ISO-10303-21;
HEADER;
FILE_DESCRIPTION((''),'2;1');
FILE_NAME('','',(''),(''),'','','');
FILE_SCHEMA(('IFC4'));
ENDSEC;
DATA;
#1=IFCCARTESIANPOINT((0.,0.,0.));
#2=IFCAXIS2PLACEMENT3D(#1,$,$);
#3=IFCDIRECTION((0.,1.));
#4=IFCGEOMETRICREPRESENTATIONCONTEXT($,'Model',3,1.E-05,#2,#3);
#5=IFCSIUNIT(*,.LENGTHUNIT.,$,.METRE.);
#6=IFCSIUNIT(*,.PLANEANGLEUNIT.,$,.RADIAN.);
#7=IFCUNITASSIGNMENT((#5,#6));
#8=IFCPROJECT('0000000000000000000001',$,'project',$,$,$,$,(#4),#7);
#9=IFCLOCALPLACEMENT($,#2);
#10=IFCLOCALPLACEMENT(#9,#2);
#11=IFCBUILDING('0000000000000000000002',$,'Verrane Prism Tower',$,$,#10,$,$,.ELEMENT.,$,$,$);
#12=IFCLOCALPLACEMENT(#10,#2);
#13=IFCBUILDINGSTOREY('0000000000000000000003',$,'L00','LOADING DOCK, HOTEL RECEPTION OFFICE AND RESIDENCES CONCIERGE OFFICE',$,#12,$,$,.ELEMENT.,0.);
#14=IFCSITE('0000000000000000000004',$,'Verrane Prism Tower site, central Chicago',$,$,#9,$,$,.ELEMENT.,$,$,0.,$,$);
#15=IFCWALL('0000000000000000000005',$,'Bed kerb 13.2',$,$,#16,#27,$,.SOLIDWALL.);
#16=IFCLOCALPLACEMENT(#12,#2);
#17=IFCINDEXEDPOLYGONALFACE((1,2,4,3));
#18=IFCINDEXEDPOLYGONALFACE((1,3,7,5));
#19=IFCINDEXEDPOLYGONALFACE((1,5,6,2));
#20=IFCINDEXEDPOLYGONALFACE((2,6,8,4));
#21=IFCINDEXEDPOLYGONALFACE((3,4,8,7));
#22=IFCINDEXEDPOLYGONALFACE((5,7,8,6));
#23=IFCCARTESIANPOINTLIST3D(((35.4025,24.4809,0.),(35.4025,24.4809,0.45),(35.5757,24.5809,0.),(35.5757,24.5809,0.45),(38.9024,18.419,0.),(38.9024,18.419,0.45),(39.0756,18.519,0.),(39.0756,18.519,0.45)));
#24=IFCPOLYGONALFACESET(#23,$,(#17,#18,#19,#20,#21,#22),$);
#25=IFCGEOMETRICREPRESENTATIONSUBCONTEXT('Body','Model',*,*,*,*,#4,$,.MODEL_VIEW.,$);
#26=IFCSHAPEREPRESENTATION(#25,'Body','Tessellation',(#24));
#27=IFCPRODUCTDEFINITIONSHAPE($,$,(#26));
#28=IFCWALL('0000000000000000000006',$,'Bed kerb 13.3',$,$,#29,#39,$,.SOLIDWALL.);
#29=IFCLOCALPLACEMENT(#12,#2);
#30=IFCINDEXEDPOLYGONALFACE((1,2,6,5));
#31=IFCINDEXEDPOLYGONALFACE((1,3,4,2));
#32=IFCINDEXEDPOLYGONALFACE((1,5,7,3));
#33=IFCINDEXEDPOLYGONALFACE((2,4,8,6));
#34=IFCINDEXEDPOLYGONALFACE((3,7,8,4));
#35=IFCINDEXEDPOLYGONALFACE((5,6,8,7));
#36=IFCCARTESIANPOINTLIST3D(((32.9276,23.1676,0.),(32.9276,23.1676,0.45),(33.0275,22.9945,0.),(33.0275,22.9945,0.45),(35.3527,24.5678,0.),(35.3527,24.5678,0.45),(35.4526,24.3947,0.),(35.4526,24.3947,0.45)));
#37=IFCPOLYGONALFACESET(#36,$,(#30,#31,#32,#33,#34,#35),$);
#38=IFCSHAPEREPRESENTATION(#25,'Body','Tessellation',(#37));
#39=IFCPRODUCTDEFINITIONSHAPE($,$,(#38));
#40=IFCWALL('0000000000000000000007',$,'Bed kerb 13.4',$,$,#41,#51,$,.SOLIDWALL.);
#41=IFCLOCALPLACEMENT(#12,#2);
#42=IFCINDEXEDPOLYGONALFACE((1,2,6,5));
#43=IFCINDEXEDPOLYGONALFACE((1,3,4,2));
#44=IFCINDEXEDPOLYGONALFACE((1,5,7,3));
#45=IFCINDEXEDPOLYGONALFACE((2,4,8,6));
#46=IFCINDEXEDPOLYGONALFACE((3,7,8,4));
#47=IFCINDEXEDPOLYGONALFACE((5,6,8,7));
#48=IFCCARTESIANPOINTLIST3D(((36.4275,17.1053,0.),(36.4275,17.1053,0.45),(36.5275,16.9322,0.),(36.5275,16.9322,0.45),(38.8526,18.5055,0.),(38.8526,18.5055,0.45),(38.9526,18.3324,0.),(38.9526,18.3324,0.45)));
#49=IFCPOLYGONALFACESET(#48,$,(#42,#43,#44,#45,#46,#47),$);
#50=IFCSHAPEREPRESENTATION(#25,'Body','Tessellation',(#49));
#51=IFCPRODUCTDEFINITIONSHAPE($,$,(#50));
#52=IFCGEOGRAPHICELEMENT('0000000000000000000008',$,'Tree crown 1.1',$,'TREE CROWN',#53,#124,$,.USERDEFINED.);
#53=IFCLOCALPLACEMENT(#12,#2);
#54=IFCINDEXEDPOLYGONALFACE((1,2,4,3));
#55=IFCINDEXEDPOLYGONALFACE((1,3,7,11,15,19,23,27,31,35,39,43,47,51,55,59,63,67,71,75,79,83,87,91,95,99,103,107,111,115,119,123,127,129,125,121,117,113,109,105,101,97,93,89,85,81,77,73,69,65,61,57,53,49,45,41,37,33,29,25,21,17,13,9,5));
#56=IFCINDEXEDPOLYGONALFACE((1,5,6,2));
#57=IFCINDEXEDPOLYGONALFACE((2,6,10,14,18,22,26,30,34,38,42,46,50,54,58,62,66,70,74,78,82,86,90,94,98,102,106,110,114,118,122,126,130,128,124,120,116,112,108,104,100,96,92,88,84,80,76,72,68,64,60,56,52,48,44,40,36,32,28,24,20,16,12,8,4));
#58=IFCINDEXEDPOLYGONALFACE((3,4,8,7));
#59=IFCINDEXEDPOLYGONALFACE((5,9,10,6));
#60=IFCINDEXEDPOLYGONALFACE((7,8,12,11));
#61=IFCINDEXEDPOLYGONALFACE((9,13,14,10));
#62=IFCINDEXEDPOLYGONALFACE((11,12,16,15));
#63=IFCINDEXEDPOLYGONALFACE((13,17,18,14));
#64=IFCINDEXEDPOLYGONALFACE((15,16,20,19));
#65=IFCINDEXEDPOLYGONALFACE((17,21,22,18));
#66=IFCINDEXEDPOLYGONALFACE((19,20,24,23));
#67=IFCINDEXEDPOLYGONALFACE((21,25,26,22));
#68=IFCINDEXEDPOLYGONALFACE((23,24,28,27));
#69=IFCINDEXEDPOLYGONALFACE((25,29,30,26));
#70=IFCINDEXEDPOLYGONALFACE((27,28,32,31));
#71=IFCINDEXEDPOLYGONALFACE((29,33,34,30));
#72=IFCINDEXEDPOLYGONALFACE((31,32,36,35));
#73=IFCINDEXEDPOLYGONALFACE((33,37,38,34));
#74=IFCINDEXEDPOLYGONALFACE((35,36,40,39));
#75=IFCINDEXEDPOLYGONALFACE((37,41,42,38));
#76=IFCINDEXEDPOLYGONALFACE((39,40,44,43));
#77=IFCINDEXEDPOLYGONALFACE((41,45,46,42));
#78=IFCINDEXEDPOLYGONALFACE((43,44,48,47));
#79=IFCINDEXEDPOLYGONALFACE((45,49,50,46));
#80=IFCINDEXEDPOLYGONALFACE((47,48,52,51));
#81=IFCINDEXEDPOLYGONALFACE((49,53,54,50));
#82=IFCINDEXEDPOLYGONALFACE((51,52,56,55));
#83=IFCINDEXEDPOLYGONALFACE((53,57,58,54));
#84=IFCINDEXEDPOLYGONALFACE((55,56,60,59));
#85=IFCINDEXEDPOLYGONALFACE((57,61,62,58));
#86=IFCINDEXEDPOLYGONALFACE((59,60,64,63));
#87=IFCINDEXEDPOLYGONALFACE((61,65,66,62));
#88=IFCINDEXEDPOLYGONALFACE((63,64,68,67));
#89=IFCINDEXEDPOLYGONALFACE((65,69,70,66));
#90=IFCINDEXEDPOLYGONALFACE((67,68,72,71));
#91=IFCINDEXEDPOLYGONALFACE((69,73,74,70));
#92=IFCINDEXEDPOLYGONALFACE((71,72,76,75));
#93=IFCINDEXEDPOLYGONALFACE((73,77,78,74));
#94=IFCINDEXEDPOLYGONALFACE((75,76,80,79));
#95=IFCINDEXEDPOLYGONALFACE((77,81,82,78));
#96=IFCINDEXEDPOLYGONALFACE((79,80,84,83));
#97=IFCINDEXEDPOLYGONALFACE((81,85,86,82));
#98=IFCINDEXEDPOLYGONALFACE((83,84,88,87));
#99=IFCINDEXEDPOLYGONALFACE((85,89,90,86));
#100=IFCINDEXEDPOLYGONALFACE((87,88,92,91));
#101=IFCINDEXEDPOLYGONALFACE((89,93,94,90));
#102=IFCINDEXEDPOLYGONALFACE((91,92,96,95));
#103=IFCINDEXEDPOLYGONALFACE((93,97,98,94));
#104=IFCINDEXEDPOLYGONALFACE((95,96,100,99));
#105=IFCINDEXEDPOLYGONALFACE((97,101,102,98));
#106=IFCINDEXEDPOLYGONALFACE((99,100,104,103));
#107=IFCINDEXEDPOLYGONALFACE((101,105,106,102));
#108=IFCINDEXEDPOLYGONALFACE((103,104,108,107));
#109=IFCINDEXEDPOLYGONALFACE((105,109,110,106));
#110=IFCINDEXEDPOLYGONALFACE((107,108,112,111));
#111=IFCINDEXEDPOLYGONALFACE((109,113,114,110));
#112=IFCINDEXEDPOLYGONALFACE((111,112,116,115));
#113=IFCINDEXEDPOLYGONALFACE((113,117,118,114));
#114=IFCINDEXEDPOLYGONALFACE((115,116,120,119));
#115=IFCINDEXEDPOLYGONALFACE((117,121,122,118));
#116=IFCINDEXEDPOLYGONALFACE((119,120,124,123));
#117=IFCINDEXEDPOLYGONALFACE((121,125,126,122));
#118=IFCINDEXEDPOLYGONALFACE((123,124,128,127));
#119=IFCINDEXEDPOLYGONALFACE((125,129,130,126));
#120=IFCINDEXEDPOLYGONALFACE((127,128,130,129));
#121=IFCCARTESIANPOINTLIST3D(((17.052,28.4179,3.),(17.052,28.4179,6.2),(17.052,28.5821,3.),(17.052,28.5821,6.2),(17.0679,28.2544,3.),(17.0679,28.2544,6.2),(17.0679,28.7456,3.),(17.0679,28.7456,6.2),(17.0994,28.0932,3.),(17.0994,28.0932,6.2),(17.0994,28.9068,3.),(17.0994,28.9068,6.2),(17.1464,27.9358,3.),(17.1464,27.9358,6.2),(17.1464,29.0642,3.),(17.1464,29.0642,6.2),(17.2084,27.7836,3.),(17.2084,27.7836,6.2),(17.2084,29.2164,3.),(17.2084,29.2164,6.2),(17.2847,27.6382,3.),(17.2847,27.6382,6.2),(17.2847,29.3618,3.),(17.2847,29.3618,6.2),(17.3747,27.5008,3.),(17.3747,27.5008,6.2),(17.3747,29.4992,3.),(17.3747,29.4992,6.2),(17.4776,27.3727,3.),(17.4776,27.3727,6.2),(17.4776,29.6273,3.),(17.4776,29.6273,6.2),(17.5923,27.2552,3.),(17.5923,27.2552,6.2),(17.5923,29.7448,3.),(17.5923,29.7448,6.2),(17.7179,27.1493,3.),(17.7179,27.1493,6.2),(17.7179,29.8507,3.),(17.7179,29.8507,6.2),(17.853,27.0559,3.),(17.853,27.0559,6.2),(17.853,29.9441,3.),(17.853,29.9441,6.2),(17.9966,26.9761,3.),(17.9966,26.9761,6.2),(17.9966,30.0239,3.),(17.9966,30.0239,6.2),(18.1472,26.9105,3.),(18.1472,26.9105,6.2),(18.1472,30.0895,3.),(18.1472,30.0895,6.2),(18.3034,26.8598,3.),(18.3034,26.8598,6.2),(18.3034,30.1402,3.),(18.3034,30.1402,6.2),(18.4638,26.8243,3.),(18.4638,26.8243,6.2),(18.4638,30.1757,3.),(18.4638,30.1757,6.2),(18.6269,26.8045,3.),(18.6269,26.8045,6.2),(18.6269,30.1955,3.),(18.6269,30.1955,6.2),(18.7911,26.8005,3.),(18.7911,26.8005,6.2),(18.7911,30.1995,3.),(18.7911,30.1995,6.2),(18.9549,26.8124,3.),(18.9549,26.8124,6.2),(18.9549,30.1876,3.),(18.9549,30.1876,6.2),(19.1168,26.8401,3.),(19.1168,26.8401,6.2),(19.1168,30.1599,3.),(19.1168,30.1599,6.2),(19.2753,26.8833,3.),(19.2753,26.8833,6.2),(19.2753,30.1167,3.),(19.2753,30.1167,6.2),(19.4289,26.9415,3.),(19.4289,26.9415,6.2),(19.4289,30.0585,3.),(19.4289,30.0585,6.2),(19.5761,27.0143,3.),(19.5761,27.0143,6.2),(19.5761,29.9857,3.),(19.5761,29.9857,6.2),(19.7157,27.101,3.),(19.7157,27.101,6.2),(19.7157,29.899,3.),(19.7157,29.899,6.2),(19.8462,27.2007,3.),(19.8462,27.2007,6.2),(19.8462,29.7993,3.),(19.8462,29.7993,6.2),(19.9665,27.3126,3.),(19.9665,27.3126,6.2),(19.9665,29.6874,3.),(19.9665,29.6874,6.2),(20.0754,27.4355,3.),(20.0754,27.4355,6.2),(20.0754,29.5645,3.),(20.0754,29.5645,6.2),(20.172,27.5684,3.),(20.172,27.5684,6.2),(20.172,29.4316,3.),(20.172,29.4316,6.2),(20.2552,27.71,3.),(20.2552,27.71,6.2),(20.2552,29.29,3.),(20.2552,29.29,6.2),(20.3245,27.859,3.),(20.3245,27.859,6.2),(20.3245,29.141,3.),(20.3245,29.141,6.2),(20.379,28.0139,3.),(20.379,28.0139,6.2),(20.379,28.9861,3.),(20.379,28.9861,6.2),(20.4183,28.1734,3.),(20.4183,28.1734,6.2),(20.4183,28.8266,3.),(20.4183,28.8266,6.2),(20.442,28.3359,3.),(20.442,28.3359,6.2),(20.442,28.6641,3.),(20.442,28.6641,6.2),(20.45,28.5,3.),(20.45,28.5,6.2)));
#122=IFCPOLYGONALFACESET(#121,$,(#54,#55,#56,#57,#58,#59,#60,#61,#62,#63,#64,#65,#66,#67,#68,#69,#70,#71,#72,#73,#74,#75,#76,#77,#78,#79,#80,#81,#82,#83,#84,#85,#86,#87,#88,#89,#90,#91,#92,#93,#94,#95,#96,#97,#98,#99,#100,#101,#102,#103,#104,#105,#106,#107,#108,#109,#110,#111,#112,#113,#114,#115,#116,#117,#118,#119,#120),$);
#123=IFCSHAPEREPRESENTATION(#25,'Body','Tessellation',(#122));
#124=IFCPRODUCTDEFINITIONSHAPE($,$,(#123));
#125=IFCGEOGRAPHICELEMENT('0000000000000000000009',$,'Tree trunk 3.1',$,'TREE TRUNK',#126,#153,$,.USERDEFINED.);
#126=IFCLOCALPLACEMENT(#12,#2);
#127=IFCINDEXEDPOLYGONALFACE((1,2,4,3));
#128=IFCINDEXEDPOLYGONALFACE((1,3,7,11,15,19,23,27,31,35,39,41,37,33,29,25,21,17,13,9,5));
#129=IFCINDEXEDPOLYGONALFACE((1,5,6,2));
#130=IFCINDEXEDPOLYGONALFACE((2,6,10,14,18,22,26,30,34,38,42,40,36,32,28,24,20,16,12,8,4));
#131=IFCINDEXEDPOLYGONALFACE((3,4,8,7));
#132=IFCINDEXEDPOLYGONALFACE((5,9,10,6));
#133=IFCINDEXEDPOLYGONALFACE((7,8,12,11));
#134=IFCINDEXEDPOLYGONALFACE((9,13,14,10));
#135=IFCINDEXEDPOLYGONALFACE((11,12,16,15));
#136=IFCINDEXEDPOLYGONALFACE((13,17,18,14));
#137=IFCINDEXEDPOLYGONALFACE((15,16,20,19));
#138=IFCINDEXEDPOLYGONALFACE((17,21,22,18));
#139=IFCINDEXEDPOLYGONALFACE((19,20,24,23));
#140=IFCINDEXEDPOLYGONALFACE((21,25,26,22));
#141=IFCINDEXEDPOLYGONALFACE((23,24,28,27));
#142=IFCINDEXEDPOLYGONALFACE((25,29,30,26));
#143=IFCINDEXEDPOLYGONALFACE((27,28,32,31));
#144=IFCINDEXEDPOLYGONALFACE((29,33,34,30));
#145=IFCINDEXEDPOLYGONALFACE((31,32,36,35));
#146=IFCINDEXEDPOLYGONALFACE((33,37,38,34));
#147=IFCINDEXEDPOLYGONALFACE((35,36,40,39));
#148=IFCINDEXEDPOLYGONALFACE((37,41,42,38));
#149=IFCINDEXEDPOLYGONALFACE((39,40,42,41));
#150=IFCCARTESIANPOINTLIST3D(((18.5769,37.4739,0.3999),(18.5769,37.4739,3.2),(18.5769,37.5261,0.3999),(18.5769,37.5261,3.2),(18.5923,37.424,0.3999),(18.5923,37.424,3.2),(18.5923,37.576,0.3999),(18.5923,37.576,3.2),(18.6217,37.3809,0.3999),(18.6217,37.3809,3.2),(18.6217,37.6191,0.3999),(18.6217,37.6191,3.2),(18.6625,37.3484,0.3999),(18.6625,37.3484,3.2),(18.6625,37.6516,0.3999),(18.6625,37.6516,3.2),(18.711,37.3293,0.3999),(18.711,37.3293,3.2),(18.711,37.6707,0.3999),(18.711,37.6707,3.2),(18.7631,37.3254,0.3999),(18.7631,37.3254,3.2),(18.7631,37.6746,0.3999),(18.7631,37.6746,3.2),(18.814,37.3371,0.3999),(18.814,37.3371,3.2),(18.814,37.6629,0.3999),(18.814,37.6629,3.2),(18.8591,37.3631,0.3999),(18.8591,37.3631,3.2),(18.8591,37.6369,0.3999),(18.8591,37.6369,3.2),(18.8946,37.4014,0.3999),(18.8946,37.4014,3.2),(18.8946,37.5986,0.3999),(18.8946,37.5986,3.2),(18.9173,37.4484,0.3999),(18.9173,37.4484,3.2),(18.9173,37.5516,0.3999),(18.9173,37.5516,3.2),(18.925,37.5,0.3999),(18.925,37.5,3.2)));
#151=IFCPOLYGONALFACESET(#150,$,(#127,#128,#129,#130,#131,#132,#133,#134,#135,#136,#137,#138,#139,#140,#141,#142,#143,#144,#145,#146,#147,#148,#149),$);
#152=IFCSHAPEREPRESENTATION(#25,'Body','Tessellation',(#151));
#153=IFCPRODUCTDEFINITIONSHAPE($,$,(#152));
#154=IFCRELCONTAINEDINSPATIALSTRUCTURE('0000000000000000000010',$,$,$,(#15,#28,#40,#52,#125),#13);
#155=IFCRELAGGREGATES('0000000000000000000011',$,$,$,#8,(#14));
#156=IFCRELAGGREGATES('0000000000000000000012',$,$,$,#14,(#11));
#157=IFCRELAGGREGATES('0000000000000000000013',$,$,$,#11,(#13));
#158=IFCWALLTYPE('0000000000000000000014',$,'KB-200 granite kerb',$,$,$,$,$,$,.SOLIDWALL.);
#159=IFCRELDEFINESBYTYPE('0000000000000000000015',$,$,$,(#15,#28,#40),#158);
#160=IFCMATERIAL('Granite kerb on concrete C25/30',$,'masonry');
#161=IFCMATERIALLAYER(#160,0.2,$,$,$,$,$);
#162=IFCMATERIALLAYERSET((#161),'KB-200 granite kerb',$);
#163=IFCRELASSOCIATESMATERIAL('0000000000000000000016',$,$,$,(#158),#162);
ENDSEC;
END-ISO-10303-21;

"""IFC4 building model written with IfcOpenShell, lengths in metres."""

from ifc_helpers import new_model, si_unit, direction, frame, frame_2d, origin, origin_2d, place, context, subcontext, project, spatial, rectangle, circle, extrude, material, layer, layer_set, type_object, element, save


model = new_model("IFC4")

# Units and contexts
model_context = context("Model", 3, precision=1e-05, world=origin(), true_north=direction((0.0, 1.0)))
body_context = subcontext(model_context, "Body", "Model", "MODEL_VIEW")
ifc_project = project(units=[si_unit("LENGTHUNIT", "METRE"), si_unit("PLANEANGLEUNIT", "RADIAN")], contexts=[model_context])

# Site, building, storey
site_placement = place(None, origin())
site = spatial("IfcSite", under=ifc_project, at=site_placement, Name="Verrane Prism Tower site, central Chicago", CompositionType="ELEMENT", RefElevation=0.0)
building_placement = place(site_placement, origin())
building = spatial("IfcBuilding", under=site, at=building_placement, Name="Verrane Prism Tower", CompositionType="ELEMENT")
storey_placement = place(building_placement, origin())
storey = spatial("IfcBuildingStorey", under=building, at=storey_placement, Name="L00", Description="LOADING DOCK, HOTEL RECEPTION OFFICE AND RESIDENCES CONCIERGE OFFICE", CompositionType="ELEMENT", Elevation=0.0)

# Walls
ifc_material_1 = material(Name="Granite kerb on concrete C25/30", Category="masonry")
ifc_layer_1 = layer(ifc_material_1, 0.2)
ifc_layer_set_1 = layer_set([ifc_layer_1], Name="KB-200 granite kerb")
wall_type_1 = type_object("IfcWallType", Name="KB-200 granite kerb", PredefinedType="SOLIDWALL", material=ifc_layer_set_1)
for number, where, z_axis, x_axis, name in (
    (1, (35.489, 24.531, 0.0), (0.0, 0.0, 1.0), (0.50001, -0.866019, 0.0), "Bed kerb 13.2"),
):
    element("IfcWall", number, at=place(storey_placement, frame(where, z_axis=z_axis, x_axis=x_axis)), inside=storey, type_object=wall_type_1, Name=name, PredefinedType="SOLIDWALL", context=body_context, shape_type="SweptSolid", body=[
        extrude(rectangle(XDim=6.9998, YDim=0.2, at=frame_2d((3.5, 0.0))), origin(), (0.0, 0.0, 1.0), 0.45),
    ])
for number, where, z_axis, x_axis, name in (
    (2, (32.9775, 23.0811, 0.0), (0.0, 0.0, 1.0), (0.866019, 0.500012, 0.0), "Bed kerb 13.3"),
    (3, (38.9026, 18.4189, 0.0), (0.0, 0.0, 1.0), (-0.866019, -0.500012, 0.0), "Bed kerb 13.4"),
):
    element("IfcWall", number, at=place(storey_placement, frame(where, z_axis=z_axis, x_axis=x_axis)), inside=storey, type_object=wall_type_1, Name=name, PredefinedType="SOLIDWALL", context=body_context, shape_type="SweptSolid", body=[
        extrude(rectangle(XDim=2.8003, YDim=0.2, at=frame_2d((1.4001, 0.0))), origin(), (0.0, 0.0, 1.0), 0.45),
    ])

# Geographic elements
geographic_element_1_placement = place(storey_placement, frame((18.75, 28.5, 6.2), z_axis=(0.0, 0.0, -1.0), x_axis=(1.0, 0.0, 0.0)))
element("IfcGeographicElement", 4, at=geographic_element_1_placement, inside=storey, Name="Tree crown 1.1", ObjectType="TREE CROWN", PredefinedType="USERDEFINED", context=body_context, shape_type="SweptSolid", body=[
    extrude(circle(Radius=1.7, at=origin_2d()), origin(), (0.0, 0.0, 1.0), 3.2),
])
geographic_element_2_placement = place(storey_placement, frame((18.75, 37.5, 3.2), z_axis=(0.0, 0.0, -1.0), x_axis=(1.0, 0.0, 0.0)))
element("IfcGeographicElement", 5, at=geographic_element_2_placement, inside=storey, Name="Tree trunk 3.1", ObjectType="TREE TRUNK", PredefinedType="USERDEFINED", context=body_context, shape_type="SweptSolid", body=[
    extrude(circle(Radius=0.175, at=origin_2d()), origin(), (0.0, 0.0, 1.0), 2.8),
])

save(model, "model.ifc")
